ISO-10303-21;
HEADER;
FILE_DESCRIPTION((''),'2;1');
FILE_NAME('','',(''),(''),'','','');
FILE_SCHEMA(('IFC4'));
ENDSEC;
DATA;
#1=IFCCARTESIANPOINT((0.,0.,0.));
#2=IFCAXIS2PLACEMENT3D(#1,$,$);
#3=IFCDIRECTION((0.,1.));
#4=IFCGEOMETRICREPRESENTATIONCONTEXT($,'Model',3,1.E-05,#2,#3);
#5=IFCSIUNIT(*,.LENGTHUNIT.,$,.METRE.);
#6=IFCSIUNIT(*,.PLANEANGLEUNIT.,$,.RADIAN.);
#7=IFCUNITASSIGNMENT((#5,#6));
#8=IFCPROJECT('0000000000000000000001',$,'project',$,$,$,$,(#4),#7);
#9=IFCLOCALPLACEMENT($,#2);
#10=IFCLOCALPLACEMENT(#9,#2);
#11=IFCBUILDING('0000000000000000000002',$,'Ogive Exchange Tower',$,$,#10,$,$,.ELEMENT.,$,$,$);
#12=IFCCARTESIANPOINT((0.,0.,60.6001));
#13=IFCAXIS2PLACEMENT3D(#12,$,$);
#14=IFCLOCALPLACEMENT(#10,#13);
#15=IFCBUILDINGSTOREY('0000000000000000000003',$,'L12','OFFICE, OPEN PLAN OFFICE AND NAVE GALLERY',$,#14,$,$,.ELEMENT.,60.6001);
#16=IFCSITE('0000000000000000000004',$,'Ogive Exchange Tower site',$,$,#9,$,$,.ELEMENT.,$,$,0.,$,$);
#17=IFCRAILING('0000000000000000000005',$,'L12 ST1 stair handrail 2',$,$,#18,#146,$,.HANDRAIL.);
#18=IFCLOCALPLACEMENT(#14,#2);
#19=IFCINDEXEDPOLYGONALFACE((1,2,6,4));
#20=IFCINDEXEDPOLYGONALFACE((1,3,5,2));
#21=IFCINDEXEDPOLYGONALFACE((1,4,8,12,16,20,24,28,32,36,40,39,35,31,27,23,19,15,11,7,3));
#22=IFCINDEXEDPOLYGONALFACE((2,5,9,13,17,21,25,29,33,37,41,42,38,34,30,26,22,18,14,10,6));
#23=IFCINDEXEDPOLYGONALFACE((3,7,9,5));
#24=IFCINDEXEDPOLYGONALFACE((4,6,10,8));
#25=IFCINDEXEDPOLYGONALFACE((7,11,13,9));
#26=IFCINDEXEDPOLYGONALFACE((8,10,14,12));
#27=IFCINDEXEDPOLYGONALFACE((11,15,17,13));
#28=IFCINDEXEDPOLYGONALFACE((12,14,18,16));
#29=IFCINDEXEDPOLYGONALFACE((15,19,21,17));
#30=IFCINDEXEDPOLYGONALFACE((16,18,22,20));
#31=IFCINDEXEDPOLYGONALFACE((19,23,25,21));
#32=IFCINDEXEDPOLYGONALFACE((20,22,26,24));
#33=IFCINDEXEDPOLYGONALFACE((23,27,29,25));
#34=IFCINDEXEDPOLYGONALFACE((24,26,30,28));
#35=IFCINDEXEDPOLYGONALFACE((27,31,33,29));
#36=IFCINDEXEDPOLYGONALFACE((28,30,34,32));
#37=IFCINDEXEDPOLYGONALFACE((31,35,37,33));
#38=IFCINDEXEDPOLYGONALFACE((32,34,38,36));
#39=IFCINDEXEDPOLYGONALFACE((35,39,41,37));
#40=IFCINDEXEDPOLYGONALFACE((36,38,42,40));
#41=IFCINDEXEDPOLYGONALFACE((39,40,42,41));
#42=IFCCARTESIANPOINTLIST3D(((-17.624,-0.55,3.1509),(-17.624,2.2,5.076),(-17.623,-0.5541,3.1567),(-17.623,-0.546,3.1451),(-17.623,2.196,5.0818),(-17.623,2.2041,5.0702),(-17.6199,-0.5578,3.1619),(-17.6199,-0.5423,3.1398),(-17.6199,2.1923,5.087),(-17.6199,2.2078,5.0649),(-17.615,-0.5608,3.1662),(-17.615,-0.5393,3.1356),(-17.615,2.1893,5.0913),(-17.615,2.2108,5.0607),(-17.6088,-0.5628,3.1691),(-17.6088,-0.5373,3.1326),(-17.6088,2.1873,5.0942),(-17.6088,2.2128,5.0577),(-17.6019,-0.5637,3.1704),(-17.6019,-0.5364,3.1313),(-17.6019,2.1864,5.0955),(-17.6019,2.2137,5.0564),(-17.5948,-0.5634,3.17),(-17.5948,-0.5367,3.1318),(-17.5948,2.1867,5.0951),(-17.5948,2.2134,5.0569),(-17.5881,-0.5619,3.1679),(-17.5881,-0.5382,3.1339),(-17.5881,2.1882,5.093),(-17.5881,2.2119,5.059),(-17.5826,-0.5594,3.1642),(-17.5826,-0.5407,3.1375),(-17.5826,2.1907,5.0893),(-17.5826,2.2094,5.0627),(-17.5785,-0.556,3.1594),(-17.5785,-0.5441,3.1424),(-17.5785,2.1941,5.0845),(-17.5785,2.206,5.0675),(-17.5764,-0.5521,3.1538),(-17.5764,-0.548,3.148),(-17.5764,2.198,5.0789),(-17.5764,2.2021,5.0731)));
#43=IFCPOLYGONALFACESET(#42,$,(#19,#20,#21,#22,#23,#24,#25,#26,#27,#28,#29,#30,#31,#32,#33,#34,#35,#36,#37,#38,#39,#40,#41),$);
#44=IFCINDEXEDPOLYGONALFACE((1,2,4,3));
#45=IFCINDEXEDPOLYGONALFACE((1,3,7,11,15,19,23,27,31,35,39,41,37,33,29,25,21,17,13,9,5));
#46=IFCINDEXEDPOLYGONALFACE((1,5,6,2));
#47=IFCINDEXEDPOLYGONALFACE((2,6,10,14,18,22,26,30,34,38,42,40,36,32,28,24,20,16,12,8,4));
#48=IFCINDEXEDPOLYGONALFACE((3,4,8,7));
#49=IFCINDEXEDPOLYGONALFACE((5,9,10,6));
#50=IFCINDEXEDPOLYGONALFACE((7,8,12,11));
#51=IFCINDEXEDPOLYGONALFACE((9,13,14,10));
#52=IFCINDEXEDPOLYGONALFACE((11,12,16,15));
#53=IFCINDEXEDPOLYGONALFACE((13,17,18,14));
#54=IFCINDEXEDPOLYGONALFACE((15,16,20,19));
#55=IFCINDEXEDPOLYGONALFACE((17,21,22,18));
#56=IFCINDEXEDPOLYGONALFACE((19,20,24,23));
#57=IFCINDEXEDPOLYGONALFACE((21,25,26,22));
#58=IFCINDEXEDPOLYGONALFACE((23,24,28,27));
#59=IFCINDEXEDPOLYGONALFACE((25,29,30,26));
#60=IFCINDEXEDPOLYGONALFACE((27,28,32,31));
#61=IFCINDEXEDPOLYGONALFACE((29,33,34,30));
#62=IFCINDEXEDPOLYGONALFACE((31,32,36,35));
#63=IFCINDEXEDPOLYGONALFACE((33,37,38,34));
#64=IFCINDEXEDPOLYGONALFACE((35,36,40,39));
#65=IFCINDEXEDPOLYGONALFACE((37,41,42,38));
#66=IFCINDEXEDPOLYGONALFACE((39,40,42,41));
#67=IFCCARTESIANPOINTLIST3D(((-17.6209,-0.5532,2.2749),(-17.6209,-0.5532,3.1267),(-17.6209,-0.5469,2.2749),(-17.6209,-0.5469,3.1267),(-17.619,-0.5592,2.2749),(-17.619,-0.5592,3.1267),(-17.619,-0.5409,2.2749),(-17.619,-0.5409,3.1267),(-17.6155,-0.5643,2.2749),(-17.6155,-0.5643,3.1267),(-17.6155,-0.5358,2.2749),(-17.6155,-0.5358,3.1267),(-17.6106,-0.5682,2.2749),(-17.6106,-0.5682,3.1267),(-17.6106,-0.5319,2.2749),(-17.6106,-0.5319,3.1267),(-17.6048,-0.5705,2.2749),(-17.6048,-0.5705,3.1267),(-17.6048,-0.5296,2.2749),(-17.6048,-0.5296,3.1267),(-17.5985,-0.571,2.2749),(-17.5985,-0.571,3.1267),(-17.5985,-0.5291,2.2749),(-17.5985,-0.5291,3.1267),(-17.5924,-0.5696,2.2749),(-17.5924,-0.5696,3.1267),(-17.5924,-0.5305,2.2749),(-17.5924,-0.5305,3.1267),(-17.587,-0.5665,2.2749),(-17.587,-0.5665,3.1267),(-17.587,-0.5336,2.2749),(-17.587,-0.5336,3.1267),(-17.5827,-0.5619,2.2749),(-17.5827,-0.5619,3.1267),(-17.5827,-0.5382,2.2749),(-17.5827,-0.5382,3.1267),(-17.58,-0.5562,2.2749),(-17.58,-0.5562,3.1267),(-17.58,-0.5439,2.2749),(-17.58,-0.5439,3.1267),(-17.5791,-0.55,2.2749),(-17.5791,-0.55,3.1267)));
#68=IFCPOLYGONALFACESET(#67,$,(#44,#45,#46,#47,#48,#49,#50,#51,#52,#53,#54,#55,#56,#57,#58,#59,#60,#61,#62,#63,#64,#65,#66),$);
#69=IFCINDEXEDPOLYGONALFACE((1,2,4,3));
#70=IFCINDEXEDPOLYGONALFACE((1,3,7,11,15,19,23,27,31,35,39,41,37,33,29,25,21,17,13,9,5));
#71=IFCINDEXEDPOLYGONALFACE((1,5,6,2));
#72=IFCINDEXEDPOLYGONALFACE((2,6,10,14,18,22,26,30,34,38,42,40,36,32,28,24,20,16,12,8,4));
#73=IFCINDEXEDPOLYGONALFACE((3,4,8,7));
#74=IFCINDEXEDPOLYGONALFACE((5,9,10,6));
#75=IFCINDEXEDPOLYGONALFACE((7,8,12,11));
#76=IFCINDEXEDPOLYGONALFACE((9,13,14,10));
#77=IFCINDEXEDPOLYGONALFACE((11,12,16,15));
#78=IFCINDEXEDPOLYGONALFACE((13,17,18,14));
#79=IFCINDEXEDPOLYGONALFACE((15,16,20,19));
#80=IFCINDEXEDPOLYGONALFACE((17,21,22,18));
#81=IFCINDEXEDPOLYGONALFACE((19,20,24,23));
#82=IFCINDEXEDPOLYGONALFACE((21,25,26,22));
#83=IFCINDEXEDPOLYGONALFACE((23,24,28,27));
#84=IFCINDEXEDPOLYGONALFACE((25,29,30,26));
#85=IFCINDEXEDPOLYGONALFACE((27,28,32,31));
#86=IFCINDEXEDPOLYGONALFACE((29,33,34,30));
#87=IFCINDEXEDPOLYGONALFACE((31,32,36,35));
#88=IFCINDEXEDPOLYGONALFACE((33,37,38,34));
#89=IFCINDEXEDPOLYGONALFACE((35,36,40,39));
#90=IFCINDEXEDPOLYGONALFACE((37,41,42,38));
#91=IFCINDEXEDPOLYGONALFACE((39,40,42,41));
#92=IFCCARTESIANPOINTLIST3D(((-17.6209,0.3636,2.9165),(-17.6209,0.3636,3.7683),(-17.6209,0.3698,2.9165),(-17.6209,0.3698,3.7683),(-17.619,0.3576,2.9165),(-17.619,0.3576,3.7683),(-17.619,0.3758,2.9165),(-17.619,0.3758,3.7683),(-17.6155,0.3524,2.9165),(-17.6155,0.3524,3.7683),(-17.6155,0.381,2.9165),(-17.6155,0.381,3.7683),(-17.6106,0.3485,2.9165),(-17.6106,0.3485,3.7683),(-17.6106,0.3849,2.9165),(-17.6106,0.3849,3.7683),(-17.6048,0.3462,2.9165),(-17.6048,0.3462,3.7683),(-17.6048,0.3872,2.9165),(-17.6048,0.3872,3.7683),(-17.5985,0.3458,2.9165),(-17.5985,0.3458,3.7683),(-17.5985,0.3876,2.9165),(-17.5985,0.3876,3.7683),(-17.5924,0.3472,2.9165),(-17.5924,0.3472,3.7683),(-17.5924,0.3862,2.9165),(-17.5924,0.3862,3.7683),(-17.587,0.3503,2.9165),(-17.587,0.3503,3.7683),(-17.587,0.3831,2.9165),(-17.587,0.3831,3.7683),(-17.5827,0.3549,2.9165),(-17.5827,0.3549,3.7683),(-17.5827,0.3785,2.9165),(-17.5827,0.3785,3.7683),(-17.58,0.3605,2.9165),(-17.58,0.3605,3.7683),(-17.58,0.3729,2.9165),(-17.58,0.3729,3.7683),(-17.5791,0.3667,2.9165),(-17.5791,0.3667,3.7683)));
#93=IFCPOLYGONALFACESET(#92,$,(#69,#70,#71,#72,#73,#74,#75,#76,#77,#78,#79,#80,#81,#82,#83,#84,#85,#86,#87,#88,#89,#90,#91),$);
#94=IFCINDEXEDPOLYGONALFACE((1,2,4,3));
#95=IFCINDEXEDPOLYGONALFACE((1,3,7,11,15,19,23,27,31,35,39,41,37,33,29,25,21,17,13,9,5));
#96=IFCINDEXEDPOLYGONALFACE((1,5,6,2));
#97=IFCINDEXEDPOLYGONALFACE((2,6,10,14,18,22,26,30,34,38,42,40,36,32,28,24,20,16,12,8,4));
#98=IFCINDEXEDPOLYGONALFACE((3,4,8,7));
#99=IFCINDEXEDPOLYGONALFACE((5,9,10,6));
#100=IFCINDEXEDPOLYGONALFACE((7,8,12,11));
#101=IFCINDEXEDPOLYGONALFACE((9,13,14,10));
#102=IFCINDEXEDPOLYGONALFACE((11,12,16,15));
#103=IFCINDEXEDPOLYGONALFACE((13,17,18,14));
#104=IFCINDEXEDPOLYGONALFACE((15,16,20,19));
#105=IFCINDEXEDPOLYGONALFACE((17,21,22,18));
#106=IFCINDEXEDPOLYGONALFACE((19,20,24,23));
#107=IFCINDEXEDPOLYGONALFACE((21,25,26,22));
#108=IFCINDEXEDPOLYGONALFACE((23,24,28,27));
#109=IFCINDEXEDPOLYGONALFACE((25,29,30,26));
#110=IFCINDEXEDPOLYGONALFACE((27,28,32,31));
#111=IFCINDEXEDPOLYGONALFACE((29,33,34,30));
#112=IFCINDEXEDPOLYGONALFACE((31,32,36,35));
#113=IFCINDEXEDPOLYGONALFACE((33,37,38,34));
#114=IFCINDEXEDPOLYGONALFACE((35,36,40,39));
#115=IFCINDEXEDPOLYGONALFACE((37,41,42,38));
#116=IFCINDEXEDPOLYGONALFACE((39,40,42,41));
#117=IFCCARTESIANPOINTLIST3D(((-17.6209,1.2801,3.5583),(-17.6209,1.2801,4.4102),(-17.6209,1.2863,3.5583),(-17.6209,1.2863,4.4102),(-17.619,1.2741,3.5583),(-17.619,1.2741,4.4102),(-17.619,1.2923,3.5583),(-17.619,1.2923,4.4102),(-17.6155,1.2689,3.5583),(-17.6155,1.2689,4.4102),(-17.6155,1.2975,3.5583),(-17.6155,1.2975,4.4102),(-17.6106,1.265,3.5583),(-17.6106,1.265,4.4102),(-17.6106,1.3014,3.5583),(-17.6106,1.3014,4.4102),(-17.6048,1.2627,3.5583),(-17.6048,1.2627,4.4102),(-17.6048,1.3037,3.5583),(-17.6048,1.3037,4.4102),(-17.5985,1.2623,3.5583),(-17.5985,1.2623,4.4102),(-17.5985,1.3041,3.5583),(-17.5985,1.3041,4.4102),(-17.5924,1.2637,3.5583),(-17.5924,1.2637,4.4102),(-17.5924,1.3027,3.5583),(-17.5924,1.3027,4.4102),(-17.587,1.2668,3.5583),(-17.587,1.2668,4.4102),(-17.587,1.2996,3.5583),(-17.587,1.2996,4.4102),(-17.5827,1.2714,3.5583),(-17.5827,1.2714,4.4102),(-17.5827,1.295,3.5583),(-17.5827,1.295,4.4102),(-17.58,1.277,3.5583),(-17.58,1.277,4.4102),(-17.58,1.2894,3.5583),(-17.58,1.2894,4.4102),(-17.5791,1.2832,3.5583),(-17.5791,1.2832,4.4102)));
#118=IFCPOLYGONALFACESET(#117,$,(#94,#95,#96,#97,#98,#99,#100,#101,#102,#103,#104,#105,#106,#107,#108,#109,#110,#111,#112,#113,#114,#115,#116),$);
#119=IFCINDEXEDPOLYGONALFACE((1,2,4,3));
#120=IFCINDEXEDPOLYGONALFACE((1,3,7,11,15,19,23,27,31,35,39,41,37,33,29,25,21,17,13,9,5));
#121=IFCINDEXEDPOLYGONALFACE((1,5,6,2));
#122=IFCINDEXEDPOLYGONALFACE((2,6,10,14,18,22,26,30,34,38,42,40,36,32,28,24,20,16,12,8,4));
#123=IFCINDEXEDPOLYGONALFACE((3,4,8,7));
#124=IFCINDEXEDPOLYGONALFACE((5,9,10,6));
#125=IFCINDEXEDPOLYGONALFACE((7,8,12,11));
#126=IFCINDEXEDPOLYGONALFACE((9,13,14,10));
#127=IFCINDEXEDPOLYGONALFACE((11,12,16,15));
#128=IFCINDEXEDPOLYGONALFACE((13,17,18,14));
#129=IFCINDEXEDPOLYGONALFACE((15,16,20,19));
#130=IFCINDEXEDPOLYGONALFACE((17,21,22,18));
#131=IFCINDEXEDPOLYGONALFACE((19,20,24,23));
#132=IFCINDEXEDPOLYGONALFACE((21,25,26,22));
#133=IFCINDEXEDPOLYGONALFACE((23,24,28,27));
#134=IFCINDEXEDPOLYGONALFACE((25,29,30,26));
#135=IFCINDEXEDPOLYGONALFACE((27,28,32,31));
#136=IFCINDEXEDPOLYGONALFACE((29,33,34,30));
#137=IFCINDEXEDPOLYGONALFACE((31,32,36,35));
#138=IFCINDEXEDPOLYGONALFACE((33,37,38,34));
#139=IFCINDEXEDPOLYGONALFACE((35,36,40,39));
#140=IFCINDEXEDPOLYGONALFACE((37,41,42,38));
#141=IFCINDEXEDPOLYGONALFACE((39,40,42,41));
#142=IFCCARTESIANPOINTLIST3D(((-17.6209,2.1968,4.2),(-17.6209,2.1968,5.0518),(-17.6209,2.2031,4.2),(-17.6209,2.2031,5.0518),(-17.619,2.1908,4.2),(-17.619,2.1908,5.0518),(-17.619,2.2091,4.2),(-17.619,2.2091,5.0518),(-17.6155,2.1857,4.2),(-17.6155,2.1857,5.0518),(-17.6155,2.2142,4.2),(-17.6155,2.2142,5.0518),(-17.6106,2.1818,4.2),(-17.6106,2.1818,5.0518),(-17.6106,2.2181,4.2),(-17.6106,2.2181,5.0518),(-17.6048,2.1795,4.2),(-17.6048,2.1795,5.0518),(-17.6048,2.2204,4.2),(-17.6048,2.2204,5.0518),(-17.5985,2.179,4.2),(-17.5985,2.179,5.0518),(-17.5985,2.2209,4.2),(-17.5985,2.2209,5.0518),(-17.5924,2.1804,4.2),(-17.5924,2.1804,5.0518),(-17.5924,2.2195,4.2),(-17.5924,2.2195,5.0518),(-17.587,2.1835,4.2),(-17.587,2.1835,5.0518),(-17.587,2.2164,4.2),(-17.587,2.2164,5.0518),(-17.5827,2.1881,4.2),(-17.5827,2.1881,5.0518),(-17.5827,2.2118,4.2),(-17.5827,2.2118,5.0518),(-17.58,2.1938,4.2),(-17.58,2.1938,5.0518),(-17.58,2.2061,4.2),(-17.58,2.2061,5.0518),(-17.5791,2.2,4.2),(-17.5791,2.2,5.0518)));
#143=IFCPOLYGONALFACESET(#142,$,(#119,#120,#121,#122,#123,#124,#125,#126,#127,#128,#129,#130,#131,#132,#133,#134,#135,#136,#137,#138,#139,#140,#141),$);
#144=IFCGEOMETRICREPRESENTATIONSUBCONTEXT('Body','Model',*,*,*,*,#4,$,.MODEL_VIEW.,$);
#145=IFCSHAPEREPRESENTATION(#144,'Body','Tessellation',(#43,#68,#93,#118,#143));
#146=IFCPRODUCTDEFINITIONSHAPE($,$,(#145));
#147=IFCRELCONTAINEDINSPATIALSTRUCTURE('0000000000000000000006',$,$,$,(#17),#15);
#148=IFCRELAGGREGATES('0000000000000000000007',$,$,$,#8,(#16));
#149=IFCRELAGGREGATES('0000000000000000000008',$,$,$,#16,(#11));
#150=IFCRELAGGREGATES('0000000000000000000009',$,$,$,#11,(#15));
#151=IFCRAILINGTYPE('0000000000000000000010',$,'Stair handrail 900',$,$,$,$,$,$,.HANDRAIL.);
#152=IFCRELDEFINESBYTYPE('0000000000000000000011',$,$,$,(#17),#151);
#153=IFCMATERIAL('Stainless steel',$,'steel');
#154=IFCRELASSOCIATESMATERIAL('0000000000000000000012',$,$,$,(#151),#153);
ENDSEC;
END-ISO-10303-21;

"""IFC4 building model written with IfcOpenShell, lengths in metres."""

from ifc_helpers import new_model, si_unit, direction, frame, origin, origin_2d, place, context, subcontext, project, spatial, circle, extrude, material, type_object, element, save


model = new_model("IFC4")

# Units and contexts
model_context = context("Model", 3, precision=1e-05, world=origin(), true_north=direction((0.0, 1.0)))
body_context = subcontext(model_context, "Body", "Model", "MODEL_VIEW")
ifc_project = project(units=[si_unit("LENGTHUNIT", "METRE"), si_unit("PLANEANGLEUNIT", "RADIAN")], contexts=[model_context])

# Site, building, storey
site_placement = place(None, origin())
site = spatial("IfcSite", under=ifc_project, at=site_placement, Name="Ogive Exchange Tower site", CompositionType="ELEMENT", RefElevation=0.0)
building_placement = place(site_placement, origin())
building = spatial("IfcBuilding", under=site, at=building_placement, Name="Ogive Exchange Tower", CompositionType="ELEMENT")
storey_placement = place(building_placement, frame((0.0, 0.0, 60.6001)))
storey = spatial("IfcBuildingStorey", under=building, at=storey_placement, Name="L12", Description="OFFICE, OPEN PLAN OFFICE AND NAVE GALLERY", CompositionType="ELEMENT", Elevation=60.6001)

# Shared definitions
ifc_material_1 = material(Name="Stainless steel", Category="steel")

# Railing
railing_type = type_object("IfcRailingType", Name="Stair handrail 900", PredefinedType="HANDRAIL", material=ifc_material_1)
railing_placement = place(storey_placement, frame((-17.6001, -0.55, 2.2749)))
element("IfcRailing", 1, at=railing_placement, inside=storey, type_object=railing_type, Name="L12 ST1 stair handrail 2", PredefinedType="HANDRAIL", context=body_context, shape_type="SweptSolid", body=[
    extrude(circle(Radius=0.0239, at=origin_2d()), frame((0.0, 0.0, 0.876), z_axis=(0.0, 0.819225, 0.573472), x_axis=(-1.0, 0.0, 0.0)), (0.0, 0.0, 1.0), 3.3569),
    extrude(circle(Radius=0.021, at=origin_2d()), origin(), (0.0, 0.0, 1.0), 0.8518),
    extrude(circle(Radius=0.021, at=origin_2d()), frame((0.0, 0.9167, 0.6416)), (0.0, 0.0, 1.0), 0.8518),
    extrude(circle(Radius=0.021, at=origin_2d()), frame((0.0, 1.8333, 1.2834)), (0.0, 0.0, 1.0), 0.8518),
    extrude(circle(Radius=0.021, at=origin_2d()), frame((0.0, 2.75, 1.925)), (0.0, 0.0, 1.0), 0.8518),
])

save(model, "model.ifc")
